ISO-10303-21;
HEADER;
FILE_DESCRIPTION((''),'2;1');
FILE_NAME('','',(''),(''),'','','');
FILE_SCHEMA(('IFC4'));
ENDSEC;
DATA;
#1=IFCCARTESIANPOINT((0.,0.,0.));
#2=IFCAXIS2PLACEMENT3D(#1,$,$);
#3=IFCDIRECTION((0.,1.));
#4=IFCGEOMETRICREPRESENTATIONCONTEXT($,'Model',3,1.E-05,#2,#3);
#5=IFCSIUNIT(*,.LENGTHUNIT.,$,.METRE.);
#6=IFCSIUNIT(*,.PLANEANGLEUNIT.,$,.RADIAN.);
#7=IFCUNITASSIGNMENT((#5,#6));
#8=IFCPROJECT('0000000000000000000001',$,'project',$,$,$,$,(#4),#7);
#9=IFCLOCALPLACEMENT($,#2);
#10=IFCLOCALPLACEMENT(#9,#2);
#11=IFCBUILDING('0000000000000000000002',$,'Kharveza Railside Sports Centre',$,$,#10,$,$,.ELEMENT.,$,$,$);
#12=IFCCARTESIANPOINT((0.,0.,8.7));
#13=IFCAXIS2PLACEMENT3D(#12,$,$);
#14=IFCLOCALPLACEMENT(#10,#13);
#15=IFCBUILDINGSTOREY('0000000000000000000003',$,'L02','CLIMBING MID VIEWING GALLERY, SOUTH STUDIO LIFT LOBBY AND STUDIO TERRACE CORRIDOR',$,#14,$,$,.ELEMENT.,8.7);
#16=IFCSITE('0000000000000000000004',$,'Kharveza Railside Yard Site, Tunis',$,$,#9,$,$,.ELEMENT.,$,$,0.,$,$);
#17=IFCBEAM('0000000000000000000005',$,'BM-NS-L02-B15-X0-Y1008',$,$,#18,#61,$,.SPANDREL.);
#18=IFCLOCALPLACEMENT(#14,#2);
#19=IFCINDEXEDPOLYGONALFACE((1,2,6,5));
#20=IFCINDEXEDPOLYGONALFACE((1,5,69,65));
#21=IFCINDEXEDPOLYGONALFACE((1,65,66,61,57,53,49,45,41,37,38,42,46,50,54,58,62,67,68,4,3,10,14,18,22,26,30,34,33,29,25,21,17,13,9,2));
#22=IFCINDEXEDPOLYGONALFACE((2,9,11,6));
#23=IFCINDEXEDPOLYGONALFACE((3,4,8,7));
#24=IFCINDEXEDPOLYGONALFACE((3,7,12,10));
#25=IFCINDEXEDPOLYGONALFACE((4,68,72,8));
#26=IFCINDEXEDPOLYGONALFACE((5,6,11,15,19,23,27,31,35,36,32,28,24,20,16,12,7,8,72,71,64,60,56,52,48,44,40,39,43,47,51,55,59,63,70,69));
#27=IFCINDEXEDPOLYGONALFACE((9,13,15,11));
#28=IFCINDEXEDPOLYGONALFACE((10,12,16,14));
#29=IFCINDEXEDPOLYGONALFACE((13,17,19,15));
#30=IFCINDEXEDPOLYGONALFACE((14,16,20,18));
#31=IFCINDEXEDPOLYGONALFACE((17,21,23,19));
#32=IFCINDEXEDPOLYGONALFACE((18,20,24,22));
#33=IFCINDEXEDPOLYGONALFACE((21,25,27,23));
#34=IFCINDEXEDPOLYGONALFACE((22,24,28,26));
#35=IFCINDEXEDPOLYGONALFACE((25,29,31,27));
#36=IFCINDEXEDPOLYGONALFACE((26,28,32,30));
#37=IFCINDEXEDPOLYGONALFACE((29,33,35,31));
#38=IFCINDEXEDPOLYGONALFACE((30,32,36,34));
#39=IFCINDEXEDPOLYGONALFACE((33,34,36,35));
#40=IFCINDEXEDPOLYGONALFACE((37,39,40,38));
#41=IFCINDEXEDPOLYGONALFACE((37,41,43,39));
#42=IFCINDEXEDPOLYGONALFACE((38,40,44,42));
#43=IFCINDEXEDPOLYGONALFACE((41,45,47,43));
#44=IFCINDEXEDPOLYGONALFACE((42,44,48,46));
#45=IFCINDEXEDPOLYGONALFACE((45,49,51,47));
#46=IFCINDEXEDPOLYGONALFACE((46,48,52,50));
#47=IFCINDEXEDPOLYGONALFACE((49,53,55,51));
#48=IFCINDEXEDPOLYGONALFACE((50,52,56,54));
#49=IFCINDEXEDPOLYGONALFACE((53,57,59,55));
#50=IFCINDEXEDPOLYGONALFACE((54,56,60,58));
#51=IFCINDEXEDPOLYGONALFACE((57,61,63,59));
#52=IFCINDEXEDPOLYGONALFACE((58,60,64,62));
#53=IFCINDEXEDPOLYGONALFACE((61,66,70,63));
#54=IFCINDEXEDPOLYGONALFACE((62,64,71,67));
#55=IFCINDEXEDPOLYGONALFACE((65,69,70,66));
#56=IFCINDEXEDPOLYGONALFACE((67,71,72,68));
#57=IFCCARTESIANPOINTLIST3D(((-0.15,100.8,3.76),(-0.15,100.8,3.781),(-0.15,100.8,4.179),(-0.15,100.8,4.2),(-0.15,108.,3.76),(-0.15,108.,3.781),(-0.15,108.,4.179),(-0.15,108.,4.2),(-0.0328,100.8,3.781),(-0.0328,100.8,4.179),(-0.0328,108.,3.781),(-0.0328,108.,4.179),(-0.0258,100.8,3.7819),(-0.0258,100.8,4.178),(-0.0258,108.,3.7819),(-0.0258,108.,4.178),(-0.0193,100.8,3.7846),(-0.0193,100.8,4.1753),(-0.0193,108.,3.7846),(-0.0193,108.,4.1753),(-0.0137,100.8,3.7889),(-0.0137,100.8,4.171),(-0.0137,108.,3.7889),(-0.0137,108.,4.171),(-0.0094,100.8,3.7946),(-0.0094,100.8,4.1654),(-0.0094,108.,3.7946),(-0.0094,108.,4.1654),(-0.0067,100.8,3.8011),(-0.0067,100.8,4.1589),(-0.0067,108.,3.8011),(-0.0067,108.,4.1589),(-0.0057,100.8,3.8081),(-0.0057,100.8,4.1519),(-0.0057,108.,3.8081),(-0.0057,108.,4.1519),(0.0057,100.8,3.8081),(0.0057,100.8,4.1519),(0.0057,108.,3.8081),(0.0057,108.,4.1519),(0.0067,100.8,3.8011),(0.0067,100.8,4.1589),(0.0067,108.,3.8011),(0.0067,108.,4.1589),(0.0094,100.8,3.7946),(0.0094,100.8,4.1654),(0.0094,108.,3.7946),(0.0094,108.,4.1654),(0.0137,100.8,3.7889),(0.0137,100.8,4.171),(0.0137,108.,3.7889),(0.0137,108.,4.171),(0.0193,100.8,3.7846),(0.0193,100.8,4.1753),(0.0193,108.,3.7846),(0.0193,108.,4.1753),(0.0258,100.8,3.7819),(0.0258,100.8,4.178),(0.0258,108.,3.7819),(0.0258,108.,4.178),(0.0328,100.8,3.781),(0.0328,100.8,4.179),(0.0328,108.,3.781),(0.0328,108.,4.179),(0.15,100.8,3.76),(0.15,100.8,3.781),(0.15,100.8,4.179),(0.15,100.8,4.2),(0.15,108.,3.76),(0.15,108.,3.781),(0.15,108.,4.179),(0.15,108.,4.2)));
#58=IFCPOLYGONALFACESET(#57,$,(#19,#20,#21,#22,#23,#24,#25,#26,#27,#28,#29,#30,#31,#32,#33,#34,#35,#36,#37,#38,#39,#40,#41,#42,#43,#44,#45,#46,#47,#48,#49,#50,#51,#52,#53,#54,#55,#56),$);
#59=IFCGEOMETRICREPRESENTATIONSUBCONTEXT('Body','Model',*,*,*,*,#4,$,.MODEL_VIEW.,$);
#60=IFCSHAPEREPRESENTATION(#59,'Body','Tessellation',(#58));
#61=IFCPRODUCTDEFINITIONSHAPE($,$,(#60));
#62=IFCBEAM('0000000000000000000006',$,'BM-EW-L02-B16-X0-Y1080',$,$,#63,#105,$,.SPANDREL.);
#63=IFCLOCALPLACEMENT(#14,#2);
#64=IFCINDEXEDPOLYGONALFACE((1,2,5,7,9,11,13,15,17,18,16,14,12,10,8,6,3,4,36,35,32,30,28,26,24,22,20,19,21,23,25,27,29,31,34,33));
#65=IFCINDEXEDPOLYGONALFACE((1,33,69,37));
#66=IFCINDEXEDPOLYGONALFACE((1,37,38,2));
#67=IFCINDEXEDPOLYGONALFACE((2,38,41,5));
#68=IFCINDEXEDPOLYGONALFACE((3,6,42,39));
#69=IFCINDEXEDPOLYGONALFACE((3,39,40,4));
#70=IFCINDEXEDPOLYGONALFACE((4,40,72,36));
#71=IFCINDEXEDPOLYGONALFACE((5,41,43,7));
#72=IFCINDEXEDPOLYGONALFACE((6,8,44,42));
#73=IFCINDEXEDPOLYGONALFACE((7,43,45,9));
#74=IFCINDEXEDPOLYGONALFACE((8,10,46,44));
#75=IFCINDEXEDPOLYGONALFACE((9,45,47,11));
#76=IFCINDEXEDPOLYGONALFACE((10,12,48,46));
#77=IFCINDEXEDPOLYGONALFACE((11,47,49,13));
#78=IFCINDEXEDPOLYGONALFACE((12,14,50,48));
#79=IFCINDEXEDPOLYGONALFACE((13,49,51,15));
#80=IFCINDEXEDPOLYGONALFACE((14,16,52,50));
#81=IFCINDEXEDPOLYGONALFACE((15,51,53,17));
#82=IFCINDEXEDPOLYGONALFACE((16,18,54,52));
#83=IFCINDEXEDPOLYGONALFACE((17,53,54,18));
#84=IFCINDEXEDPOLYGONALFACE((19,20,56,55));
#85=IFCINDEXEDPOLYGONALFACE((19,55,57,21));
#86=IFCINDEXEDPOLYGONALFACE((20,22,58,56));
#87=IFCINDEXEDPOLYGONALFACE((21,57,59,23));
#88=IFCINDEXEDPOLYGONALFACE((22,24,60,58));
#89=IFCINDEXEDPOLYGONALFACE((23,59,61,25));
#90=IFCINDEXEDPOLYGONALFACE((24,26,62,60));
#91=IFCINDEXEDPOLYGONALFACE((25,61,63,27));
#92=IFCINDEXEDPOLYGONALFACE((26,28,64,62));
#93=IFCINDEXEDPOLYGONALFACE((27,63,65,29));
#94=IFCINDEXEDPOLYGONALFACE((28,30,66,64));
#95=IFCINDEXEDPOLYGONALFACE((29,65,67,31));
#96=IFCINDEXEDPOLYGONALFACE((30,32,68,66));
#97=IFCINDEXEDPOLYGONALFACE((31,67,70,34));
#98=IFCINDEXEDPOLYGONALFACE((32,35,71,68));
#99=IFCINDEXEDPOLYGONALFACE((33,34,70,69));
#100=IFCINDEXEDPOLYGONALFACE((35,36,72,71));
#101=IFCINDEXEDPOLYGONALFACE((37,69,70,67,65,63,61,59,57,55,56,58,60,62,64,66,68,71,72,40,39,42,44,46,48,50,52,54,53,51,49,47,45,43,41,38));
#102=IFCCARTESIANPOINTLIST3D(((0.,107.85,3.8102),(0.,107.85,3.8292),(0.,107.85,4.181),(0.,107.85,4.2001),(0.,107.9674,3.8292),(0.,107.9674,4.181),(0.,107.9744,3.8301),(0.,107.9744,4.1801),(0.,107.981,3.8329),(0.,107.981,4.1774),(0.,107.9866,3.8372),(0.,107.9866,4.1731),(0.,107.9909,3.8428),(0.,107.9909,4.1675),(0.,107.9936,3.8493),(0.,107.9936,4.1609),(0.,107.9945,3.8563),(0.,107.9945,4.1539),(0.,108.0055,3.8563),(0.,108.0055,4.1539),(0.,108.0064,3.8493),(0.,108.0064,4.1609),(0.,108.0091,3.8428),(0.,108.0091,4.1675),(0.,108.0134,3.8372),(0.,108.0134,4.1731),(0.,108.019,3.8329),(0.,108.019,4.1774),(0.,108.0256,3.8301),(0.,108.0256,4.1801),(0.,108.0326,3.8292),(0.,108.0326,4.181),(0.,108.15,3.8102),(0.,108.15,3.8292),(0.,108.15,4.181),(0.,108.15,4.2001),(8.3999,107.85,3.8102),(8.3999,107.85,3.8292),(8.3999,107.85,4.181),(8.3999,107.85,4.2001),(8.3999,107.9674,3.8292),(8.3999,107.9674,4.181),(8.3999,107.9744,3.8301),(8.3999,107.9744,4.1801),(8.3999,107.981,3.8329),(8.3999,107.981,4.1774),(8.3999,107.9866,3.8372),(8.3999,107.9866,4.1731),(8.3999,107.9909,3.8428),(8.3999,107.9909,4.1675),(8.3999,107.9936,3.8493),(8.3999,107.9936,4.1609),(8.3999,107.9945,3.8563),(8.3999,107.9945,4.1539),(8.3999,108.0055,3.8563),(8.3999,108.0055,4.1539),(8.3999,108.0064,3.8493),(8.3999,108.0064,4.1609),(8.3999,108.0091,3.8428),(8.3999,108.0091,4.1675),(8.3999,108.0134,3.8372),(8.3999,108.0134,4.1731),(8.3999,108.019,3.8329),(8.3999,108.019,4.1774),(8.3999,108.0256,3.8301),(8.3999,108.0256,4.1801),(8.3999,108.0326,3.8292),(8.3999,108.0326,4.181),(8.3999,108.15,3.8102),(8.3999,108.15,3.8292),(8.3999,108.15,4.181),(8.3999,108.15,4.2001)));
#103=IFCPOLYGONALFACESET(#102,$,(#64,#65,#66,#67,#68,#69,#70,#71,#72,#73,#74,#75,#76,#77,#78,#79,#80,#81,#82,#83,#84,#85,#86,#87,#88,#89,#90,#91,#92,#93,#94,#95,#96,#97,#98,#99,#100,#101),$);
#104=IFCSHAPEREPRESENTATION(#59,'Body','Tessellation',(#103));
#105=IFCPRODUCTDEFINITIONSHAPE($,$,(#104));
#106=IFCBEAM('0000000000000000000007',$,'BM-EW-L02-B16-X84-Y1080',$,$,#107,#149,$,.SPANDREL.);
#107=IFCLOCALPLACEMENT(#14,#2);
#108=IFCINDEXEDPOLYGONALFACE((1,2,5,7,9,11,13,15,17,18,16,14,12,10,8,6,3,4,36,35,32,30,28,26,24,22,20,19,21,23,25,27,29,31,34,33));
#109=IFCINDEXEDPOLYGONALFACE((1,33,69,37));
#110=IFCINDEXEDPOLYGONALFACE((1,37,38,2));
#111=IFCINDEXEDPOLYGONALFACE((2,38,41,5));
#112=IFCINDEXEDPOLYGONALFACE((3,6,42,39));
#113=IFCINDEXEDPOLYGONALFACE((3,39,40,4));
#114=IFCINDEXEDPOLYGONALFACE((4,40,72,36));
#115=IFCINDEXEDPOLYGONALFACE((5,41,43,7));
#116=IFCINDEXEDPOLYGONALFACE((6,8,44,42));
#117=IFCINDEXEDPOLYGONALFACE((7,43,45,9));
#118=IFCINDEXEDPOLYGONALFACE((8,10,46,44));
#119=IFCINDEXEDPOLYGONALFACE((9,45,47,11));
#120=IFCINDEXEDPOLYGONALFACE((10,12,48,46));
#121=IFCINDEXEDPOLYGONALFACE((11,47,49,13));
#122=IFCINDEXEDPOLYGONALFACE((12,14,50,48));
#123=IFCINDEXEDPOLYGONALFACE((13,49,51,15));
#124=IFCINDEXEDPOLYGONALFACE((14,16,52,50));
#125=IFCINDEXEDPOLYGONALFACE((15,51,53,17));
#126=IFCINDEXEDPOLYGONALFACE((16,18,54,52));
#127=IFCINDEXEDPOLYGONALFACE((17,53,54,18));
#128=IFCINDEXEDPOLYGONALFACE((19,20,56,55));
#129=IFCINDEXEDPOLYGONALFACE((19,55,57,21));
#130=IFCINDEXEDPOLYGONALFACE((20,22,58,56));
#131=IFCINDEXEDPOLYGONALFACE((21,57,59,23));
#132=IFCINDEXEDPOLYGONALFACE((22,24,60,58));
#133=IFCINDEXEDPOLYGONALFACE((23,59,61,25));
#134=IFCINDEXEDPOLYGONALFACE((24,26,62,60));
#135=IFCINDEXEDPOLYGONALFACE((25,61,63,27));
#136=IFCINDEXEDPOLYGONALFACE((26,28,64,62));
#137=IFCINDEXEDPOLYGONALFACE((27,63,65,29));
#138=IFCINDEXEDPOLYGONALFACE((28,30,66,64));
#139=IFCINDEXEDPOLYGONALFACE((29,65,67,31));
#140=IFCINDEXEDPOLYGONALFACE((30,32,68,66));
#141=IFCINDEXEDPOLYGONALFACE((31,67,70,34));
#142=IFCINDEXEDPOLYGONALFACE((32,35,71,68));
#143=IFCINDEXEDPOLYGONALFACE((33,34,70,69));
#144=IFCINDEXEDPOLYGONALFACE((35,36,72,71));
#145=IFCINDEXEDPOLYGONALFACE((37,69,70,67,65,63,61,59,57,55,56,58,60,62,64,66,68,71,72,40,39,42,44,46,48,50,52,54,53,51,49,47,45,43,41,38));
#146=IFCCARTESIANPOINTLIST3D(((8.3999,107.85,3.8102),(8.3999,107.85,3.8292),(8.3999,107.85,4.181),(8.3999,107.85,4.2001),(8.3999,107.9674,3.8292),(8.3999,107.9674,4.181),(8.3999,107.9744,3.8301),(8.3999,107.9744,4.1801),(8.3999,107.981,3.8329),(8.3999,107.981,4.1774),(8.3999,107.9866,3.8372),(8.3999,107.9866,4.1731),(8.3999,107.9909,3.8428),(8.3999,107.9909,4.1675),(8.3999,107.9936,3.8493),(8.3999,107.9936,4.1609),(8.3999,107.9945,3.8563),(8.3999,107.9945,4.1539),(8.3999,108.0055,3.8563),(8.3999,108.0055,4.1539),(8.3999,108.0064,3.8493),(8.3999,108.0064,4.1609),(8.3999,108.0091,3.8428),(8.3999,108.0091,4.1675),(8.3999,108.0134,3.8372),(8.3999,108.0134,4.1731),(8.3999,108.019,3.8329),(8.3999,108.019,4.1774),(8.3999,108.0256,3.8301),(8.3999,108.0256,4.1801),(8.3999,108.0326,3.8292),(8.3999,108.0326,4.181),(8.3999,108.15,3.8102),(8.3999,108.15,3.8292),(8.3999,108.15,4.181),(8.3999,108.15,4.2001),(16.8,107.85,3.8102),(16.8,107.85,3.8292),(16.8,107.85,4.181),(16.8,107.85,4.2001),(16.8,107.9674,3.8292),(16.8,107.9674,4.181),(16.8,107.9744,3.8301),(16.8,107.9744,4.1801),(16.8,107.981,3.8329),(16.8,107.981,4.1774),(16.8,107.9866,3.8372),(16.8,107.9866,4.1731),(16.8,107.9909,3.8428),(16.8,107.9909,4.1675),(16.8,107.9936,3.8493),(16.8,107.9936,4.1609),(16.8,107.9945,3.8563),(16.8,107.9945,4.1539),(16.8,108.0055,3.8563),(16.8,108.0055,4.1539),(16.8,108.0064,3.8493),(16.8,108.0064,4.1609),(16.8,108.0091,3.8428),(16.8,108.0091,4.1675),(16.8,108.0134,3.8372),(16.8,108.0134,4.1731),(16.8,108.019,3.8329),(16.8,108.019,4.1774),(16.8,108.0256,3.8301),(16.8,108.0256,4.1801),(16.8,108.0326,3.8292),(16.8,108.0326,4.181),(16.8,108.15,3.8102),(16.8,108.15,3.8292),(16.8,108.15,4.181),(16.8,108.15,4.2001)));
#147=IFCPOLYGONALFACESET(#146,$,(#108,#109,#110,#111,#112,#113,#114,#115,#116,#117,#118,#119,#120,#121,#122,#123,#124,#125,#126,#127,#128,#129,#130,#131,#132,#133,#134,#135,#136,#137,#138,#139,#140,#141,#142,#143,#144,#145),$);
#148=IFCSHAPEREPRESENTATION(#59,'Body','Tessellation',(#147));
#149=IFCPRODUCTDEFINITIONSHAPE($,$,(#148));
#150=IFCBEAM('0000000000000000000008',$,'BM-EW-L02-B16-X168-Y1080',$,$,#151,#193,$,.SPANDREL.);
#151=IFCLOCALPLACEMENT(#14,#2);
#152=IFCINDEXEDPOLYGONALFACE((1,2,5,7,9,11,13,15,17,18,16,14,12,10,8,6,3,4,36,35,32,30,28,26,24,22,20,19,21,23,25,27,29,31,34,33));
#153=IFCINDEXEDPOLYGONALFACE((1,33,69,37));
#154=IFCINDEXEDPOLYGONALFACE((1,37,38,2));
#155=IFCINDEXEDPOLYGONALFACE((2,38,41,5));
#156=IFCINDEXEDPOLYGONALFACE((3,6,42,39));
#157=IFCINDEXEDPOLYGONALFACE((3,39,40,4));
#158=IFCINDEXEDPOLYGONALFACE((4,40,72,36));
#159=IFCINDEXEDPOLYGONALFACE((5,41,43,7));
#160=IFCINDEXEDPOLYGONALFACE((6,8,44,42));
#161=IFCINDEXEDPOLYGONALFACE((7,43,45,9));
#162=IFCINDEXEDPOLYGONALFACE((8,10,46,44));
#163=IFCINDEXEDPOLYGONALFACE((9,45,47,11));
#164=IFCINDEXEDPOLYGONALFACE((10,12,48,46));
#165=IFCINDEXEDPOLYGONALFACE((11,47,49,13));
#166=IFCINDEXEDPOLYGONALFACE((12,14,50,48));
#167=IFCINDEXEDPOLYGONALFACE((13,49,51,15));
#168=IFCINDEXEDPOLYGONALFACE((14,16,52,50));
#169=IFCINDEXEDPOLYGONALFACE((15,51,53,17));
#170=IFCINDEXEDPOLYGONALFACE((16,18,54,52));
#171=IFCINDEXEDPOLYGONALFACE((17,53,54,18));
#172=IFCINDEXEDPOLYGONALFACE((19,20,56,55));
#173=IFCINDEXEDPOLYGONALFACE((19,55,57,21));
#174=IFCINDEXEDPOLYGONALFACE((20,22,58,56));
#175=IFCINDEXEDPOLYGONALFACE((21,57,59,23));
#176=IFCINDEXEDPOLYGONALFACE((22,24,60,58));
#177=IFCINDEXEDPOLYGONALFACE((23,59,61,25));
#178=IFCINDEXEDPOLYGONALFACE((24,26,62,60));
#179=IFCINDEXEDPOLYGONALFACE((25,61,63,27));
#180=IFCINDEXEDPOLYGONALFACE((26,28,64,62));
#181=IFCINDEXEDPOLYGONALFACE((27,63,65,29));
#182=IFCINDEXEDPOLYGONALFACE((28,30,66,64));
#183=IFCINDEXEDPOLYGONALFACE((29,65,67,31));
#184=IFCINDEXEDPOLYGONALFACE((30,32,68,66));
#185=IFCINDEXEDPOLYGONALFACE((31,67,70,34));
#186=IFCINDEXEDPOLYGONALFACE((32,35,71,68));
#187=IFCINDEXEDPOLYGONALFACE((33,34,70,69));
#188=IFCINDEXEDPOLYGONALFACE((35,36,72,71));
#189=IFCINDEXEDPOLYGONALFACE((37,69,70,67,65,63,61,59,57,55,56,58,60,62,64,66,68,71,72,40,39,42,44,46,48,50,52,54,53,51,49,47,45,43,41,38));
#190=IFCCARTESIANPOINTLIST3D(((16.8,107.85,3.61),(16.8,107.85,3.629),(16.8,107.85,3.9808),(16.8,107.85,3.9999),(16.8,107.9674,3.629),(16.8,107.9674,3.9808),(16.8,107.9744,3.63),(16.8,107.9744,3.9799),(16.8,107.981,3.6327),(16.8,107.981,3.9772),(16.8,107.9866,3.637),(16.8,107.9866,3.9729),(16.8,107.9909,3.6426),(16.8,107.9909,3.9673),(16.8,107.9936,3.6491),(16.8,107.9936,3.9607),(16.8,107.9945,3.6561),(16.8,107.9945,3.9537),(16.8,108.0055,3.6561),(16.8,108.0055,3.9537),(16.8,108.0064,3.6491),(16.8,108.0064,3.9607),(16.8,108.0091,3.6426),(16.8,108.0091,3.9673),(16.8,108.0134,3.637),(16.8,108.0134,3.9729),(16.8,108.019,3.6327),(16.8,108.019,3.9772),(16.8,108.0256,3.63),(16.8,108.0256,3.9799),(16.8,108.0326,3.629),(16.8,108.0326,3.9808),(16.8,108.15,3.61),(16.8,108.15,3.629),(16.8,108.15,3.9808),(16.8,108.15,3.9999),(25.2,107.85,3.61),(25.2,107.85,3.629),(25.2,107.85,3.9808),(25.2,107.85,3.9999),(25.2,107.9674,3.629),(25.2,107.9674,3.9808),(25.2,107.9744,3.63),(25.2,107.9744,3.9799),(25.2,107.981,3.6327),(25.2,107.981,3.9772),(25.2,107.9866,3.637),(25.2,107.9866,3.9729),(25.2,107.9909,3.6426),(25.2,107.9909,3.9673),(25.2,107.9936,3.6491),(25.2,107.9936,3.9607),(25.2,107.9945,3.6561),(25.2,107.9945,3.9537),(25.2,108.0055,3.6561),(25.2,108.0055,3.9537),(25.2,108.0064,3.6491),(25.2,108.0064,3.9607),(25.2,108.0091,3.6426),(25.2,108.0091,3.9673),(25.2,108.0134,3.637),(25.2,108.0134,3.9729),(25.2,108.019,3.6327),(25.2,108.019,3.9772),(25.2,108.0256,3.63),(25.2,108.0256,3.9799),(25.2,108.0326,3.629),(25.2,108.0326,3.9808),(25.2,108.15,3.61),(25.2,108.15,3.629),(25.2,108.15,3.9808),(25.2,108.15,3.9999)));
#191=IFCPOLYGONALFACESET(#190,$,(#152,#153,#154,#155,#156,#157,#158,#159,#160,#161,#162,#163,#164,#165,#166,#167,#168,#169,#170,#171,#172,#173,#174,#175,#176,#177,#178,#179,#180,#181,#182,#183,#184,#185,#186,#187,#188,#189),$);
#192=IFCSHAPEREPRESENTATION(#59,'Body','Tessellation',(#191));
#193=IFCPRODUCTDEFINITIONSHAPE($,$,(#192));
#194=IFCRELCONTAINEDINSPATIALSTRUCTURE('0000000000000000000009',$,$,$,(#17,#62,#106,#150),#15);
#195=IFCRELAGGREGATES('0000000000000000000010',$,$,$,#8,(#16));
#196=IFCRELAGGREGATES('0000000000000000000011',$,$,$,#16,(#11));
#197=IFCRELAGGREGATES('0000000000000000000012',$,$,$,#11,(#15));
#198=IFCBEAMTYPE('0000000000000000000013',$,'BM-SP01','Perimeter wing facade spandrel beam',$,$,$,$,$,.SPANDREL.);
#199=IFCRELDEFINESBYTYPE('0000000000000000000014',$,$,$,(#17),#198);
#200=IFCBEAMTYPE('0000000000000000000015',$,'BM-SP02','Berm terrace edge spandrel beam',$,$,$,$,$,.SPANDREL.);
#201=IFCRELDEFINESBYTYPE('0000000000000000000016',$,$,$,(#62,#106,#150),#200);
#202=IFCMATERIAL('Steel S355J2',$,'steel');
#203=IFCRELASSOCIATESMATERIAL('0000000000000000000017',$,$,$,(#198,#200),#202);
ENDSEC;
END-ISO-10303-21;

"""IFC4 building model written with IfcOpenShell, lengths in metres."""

from ifc_helpers import new_model, si_unit, direction, frame, origin, origin_2d, place, context, subcontext, project, spatial, i_section, extrude, material, material_profile, profile_set, type_object, element, save


model = new_model("IFC4")

# Units and contexts
model_context = context("Model", 3, precision=1e-05, world=origin(), true_north=direction((0.0, 1.0)))
body_context = subcontext(model_context, "Body", "Model", "MODEL_VIEW")
ifc_project = project(units=[si_unit("LENGTHUNIT", "METRE"), si_unit("PLANEANGLEUNIT", "RADIAN")], contexts=[model_context])

# Site, building, storey
site_placement = place(None, origin())
site = spatial("IfcSite", under=ifc_project, at=site_placement, Name="Kharveza Railside Yard Site, Tunis", CompositionType="ELEMENT", RefElevation=0.0)
building_placement = place(site_placement, origin())
building = spatial("IfcBuilding", under=site, at=building_placement, Name="Kharveza Railside Sports Centre", CompositionType="ELEMENT")
storey_placement = place(building_placement, frame((0.0, 0.0, 8.7)))
storey = spatial("IfcBuildingStorey", under=building, at=storey_placement, Name="L02", Description="CLIMBING MID VIEWING GALLERY, SOUTH STUDIO LIFT LOBBY AND STUDIO TERRACE CORRIDOR", CompositionType="ELEMENT", Elevation=8.7)

# Shared definitions
ifc_material_1 = material(Name="Steel S355J2", Category="steel")

# Beams
ifc_material_profile_1 = material_profile(ifc_material_1, i_section(OverallWidth=0.3, OverallDepth=0.4399, WebThickness=0.0115, FlangeThickness=0.021, FilletRadius=0.0271, at=origin_2d()), Name="HEA 450")
ifc_profile_set_1 = profile_set([ifc_material_profile_1], Name="Steel S355J2")
beam_type_1 = type_object("IfcBeamType", Name="BM-SP01", Description="Perimeter wing facade spandrel beam", PredefinedType="SPANDREL", material=ifc_profile_set_1)
for number, where, z_axis, x_axis, name in (
    (1, (0.0, 100.8, 3.98), (0.0, 1.0, 0.0), (-1.0, 0.0, 0.0), "BM-NS-L02-B15-X0-Y1008"),
):
    element("IfcBeam", number, at=place(storey_placement, frame(where, z_axis=z_axis, x_axis=x_axis)), inside=storey, type_object=beam_type_1, Name=name, PredefinedType="SPANDREL", context=body_context, shape_type="SweptSolid", body=[
        extrude(i_section(OverallWidth=0.3, OverallDepth=0.4399, WebThickness=0.0115, FlangeThickness=0.021, FilletRadius=0.0271, at=origin_2d()), origin(), (0.0, 0.0, 1.0), 7.2),
    ])
ifc_material_profile_2 = material_profile(ifc_material_1, i_section(OverallWidth=0.3, OverallDepth=0.3899, WebThickness=0.011, FlangeThickness=0.019, FilletRadius=0.0271, at=origin_2d()), Name="HEA 400")
ifc_profile_set_2 = profile_set([ifc_material_profile_2], Name="Steel S355J2")
beam_type_2 = type_object("IfcBeamType", Name="BM-SP02", Description="Berm terrace edge spandrel beam", PredefinedType="SPANDREL", material=ifc_profile_set_2)
beam_1_placement = place(storey_placement, frame((0.0, 108.0, 4.0051), z_axis=(1.0, 0.0, 0.0), x_axis=(0.0, 1.0, 0.0)))
element("IfcBeam", 2, at=beam_1_placement, inside=storey, type_object=beam_type_2, Name="BM-EW-L02-B16-X0-Y1080", PredefinedType="SPANDREL", context=body_context, shape_type="SweptSolid", body=[
    extrude(i_section(OverallWidth=0.3, OverallDepth=0.3899, WebThickness=0.011, FlangeThickness=0.019, FilletRadius=0.0271, at=origin_2d()), origin(), (0.0, 0.0, 1.0), 8.3999),
])
beam_2_placement = place(storey_placement, frame((8.3999, 108.0, 4.0051), z_axis=(1.0, 0.0, 0.0), x_axis=(0.0, 1.0, 0.0)))
element("IfcBeam", 3, at=beam_2_placement, inside=storey, type_object=beam_type_2, Name="BM-EW-L02-B16-X84-Y1080", PredefinedType="SPANDREL", context=body_context, shape_type="SweptSolid", body=[
    extrude(i_section(OverallWidth=0.3, OverallDepth=0.3899, WebThickness=0.011, FlangeThickness=0.019, FilletRadius=0.0271, at=origin_2d()), origin(), (0.0, 0.0, 1.0), 8.4001),
])
beam_3_placement = place(storey_placement, frame((16.8, 108.0, 3.8049), z_axis=(1.0, 0.0, 0.0), x_axis=(0.0, 1.0, 0.0)))
element("IfcBeam", 4, at=beam_3_placement, inside=storey, type_object=beam_type_2, Name="BM-EW-L02-B16-X168-Y1080", PredefinedType="SPANDREL", context=body_context, shape_type="SweptSolid", body=[
    extrude(i_section(OverallWidth=0.3, OverallDepth=0.3899, WebThickness=0.011, FlangeThickness=0.019, FilletRadius=0.0271, at=origin_2d()), origin(), (0.0, 0.0, 1.0), 8.3999),
])

save(model, "model.ifc")
